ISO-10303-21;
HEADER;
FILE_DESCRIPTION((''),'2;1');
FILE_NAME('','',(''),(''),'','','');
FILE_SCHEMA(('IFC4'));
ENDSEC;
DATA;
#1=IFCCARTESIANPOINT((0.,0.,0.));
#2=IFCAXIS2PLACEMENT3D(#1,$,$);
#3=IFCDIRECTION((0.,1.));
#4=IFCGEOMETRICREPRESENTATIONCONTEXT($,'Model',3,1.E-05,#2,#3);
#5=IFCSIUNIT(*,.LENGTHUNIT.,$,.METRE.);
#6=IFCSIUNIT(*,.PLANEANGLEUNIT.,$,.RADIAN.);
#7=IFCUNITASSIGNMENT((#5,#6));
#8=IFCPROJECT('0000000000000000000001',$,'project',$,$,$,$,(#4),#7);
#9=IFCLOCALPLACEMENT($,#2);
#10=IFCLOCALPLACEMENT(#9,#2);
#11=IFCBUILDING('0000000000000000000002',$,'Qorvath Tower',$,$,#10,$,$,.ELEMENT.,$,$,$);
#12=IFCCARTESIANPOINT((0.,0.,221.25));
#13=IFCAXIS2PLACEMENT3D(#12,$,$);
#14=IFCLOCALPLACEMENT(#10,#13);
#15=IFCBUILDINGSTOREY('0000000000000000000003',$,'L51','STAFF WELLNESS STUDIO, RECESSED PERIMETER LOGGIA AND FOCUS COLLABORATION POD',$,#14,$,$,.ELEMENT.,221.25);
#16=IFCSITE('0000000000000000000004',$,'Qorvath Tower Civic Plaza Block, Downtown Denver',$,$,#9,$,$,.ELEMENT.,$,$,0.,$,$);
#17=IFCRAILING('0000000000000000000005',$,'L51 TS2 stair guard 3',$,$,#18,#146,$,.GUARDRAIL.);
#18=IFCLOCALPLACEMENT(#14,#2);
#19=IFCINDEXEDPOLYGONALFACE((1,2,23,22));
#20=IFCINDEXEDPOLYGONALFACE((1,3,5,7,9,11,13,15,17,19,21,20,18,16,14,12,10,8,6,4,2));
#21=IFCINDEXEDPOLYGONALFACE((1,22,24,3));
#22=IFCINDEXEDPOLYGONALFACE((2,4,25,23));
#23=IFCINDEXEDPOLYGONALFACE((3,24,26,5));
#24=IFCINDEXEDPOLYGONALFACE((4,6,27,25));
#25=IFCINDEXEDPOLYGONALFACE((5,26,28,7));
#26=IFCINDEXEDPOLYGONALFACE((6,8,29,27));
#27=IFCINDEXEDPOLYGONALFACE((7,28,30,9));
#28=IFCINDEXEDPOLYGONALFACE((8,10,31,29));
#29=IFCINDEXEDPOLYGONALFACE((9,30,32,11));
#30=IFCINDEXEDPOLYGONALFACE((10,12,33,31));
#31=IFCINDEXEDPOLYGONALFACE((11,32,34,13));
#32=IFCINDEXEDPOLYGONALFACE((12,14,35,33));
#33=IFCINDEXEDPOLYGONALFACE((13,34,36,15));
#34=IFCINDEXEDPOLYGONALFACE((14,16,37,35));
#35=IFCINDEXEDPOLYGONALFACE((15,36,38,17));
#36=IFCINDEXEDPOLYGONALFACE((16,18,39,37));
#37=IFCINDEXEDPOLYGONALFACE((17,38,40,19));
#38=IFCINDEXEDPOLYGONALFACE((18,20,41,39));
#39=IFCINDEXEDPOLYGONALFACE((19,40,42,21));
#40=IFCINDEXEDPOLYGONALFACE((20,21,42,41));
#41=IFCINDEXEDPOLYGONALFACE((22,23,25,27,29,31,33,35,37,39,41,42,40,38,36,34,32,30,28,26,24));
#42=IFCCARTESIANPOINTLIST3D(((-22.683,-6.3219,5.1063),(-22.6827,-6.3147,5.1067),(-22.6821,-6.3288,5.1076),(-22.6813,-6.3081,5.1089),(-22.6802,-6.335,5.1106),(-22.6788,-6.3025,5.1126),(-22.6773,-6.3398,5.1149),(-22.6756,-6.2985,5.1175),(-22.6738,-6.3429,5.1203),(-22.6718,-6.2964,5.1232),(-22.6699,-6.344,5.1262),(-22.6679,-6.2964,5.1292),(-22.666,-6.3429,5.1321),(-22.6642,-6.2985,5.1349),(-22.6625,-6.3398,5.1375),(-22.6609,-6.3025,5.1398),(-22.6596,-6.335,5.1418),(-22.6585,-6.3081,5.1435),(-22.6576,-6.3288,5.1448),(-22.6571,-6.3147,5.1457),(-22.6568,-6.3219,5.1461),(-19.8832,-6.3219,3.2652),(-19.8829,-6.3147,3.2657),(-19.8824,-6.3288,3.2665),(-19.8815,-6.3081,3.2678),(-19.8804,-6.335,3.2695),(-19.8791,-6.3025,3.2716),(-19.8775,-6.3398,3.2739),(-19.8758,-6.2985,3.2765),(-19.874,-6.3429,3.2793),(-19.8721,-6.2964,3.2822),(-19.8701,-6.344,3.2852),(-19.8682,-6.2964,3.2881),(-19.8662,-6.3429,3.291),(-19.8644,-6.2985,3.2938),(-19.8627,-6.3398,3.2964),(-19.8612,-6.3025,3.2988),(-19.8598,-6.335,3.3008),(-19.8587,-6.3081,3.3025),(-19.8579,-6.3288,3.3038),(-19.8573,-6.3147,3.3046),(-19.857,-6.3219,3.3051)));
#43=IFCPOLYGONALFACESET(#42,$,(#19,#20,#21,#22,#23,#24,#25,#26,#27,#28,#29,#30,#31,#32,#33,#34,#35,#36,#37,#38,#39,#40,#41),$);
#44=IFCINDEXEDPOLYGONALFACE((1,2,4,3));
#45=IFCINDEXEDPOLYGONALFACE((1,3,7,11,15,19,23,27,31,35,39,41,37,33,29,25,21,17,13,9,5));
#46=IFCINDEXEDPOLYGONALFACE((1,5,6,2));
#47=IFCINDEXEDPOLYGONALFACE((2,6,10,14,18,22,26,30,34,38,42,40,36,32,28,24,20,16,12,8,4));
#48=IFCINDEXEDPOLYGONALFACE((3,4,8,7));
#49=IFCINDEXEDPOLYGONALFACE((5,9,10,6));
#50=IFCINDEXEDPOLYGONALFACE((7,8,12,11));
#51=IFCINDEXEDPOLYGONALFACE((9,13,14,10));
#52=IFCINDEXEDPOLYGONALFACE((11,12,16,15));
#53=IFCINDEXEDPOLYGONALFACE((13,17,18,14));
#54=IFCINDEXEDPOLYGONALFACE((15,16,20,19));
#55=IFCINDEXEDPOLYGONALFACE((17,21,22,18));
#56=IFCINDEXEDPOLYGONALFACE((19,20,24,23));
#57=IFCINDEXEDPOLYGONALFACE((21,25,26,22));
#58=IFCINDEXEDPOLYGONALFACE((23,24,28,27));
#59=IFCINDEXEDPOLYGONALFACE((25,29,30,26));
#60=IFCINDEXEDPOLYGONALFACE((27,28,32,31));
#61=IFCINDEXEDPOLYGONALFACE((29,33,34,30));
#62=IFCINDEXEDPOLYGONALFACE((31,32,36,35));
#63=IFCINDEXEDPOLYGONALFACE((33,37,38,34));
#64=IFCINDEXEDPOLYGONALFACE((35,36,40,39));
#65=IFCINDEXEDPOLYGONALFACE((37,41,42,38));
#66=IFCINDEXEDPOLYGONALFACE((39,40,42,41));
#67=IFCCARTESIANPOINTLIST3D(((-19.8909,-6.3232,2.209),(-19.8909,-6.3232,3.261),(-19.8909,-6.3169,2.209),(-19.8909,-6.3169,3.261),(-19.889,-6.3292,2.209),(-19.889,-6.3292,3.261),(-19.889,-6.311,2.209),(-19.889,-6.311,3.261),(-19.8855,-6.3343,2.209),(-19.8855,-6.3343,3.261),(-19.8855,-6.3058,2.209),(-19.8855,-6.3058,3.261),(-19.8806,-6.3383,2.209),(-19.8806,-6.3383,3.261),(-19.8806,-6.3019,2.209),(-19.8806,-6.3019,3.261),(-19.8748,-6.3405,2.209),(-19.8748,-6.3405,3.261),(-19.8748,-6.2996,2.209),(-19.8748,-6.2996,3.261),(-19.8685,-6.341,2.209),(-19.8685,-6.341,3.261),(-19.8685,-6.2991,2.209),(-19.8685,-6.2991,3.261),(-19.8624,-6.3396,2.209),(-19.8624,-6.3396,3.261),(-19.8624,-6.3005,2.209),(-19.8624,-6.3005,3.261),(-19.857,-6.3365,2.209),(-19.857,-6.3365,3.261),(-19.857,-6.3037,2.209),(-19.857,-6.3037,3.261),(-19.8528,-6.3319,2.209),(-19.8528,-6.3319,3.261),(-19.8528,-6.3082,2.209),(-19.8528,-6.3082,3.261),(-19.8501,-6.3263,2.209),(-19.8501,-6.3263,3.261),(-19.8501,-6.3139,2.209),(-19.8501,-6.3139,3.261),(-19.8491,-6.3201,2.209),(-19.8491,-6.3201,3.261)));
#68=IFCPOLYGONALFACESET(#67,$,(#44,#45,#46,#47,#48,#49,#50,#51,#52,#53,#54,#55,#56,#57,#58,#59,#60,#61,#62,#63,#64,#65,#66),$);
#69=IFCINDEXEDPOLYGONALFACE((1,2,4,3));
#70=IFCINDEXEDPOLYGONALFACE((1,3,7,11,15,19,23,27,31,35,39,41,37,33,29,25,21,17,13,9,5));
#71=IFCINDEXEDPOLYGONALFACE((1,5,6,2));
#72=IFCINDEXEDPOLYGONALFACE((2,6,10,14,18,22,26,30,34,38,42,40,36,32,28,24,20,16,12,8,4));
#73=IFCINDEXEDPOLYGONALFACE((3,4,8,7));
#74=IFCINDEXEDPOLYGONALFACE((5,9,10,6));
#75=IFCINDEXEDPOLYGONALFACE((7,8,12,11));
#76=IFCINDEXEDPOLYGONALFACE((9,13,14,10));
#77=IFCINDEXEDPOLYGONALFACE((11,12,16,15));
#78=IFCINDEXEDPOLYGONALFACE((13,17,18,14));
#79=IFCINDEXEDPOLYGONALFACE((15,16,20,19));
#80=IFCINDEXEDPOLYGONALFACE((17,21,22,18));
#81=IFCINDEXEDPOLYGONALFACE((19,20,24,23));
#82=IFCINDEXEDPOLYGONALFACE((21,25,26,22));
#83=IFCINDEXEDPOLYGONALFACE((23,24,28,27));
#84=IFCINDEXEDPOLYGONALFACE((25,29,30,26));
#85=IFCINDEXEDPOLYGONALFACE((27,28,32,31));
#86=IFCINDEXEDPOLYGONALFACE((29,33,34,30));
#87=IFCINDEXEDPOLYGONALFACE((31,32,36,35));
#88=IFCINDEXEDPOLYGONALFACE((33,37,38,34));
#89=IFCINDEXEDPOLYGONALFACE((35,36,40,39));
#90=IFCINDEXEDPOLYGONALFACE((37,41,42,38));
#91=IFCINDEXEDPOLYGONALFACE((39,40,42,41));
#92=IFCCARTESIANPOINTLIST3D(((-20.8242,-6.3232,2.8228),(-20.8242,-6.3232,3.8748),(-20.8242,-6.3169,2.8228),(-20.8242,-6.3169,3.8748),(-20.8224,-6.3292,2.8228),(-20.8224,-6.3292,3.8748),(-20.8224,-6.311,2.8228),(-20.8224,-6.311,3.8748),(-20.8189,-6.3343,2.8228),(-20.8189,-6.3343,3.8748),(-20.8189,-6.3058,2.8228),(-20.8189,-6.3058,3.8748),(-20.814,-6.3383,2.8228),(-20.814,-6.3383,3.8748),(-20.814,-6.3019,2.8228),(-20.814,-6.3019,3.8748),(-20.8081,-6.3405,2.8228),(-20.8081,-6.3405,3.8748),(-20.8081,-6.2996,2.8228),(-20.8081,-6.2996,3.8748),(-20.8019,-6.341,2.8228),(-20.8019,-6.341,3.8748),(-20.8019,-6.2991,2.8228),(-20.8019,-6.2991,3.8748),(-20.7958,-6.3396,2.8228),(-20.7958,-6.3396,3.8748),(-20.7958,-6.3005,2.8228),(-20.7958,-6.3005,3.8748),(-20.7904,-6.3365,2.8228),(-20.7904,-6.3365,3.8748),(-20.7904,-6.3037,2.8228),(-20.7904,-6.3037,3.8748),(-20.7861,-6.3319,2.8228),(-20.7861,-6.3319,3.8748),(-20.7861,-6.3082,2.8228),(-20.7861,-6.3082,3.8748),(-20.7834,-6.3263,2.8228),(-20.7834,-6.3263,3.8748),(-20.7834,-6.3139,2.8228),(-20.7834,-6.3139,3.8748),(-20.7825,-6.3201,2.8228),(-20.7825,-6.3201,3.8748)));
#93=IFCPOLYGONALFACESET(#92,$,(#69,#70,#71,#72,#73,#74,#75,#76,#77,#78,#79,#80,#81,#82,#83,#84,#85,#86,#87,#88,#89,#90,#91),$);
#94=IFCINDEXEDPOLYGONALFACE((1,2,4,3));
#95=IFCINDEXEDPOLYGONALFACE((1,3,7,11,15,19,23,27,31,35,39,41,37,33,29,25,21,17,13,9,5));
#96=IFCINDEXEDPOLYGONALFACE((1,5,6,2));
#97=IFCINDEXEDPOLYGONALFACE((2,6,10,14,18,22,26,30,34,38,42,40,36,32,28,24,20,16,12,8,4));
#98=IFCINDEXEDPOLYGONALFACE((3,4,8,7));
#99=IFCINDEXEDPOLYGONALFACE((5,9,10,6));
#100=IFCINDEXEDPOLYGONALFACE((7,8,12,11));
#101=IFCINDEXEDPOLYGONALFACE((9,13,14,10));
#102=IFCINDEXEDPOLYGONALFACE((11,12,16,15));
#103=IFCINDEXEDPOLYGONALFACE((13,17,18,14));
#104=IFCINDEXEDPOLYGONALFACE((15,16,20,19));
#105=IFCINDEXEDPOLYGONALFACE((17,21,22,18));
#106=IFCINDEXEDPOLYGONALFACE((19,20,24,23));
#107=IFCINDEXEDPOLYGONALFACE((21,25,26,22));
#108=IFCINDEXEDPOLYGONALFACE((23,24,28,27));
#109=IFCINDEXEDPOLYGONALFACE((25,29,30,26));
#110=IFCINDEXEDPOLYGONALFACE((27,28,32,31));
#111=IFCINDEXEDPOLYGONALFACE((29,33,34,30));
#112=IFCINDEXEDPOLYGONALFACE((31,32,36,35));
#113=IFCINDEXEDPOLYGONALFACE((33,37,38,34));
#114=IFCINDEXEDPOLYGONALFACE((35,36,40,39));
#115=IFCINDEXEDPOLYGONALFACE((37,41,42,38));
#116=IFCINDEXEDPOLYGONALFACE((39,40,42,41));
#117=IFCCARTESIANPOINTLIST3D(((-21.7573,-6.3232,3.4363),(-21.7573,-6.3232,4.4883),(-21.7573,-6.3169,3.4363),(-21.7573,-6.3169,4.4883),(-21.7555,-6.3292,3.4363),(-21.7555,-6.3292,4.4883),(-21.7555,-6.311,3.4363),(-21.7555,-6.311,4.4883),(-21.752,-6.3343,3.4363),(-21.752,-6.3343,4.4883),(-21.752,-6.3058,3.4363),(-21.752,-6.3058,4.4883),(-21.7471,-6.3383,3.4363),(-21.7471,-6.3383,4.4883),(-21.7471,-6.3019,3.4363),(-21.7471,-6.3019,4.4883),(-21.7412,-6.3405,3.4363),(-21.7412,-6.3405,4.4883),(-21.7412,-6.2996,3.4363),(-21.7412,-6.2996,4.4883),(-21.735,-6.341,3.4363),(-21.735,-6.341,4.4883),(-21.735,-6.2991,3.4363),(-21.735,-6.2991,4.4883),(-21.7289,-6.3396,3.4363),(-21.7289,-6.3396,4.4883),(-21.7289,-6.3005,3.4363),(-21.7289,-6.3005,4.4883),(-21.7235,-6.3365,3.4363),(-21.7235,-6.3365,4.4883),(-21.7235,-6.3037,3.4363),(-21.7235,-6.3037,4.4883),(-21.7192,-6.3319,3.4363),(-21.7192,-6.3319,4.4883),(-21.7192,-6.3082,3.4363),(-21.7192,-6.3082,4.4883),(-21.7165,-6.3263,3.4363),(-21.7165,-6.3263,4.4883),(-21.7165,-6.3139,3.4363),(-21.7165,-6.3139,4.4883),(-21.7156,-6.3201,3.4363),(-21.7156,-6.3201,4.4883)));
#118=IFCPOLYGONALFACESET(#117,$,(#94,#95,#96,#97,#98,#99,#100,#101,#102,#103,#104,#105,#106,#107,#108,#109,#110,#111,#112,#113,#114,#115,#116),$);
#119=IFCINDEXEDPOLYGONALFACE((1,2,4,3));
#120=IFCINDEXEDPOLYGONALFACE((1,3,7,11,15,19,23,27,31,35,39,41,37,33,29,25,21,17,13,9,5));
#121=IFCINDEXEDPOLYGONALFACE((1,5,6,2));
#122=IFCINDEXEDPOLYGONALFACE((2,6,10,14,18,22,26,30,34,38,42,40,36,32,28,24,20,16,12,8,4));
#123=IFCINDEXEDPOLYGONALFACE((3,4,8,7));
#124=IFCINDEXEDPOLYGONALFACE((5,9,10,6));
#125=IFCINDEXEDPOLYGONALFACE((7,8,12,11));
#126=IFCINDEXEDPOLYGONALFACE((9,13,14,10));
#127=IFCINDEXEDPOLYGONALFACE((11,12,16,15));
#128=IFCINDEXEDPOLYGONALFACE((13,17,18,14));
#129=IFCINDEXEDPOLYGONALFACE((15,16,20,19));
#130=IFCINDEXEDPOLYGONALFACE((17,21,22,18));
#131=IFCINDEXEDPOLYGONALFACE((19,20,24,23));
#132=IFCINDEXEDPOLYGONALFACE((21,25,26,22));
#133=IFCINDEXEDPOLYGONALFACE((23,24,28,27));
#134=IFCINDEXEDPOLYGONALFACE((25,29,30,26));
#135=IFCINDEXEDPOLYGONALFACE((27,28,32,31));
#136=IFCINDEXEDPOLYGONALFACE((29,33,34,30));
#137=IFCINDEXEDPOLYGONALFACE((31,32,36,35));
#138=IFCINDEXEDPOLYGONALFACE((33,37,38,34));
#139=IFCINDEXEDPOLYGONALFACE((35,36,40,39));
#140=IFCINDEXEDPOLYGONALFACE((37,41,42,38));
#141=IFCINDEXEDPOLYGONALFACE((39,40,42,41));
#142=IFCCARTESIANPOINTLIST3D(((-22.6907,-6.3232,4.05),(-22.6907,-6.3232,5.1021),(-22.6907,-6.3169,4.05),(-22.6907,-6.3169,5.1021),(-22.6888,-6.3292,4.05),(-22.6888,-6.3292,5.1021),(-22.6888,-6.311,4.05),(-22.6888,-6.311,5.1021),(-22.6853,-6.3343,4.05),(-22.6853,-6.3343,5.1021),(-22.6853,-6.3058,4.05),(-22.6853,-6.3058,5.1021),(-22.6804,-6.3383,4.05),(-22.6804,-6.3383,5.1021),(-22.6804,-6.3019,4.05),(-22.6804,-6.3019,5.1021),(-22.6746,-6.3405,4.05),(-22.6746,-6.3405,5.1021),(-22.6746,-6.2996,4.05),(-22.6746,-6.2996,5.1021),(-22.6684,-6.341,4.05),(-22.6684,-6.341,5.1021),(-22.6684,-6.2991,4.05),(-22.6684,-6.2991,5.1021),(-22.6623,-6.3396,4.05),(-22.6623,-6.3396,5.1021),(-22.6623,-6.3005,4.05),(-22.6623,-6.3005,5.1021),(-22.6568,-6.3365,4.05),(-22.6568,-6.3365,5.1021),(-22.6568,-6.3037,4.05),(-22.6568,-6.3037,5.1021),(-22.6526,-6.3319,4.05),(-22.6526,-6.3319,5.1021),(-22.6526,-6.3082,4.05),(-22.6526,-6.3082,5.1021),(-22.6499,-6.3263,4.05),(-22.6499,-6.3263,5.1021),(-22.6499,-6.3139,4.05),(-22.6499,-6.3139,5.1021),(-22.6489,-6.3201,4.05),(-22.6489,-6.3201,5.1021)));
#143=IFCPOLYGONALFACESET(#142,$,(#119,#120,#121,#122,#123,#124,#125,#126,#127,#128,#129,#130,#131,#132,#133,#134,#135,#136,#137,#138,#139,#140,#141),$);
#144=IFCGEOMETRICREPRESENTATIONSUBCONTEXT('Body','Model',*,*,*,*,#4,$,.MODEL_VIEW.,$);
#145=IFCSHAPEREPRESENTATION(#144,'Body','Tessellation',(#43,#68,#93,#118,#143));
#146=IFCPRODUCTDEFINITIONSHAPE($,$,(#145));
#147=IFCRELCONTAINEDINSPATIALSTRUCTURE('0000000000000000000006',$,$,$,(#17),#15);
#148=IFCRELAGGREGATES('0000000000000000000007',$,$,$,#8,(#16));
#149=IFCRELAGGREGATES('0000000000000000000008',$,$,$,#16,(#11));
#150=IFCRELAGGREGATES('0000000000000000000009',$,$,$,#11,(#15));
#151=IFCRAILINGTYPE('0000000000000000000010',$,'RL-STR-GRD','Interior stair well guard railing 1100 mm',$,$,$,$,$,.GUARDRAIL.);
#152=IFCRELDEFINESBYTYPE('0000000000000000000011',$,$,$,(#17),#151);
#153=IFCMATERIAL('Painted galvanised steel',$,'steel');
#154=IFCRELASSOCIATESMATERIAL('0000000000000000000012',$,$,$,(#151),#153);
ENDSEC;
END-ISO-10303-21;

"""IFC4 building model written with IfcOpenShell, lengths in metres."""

from ifc_helpers import new_model, si_unit, direction, frame, origin, origin_2d, place, context, subcontext, project, spatial, circle, extrude, material, type_object, element, save


model = new_model("IFC4")

# Units and contexts
model_context = context("Model", 3, precision=1e-05, world=origin(), true_north=direction((0.0, 1.0)))
body_context = subcontext(model_context, "Body", "Model", "MODEL_VIEW")
ifc_project = project(units=[si_unit("LENGTHUNIT", "METRE"), si_unit("PLANEANGLEUNIT", "RADIAN")], contexts=[model_context])

# Site, building, storey
site_placement = place(None, origin())
site = spatial("IfcSite", under=ifc_project, at=site_placement, Name="Qorvath Tower Civic Plaza Block, Downtown Denver", CompositionType="ELEMENT", RefElevation=0.0)
building_placement = place(site_placement, origin())
building = spatial("IfcBuilding", under=site, at=building_placement, Name="Qorvath Tower", CompositionType="ELEMENT")
storey_placement = place(building_placement, frame((0.0, 0.0, 221.25)))
storey = spatial("IfcBuildingStorey", under=building, at=storey_placement, Name="L51", Description="STAFF WELLNESS STUDIO, RECESSED PERIMETER LOGGIA AND FOCUS COLLABORATION POD", CompositionType="ELEMENT", Elevation=221.25)

# Railing
ifc_material_1 = material(Name="Painted galvanised steel", Category="steel")
railing_type_1 = type_object("IfcRailingType", Name="RL-STR-GRD", Description="Interior stair well guard railing 1100 mm", PredefinedType="GUARDRAIL", material=ifc_material_1)
railing_1_placement = place(storey_placement, frame((-19.8701, -6.3201, 2.209)))
element("IfcRailing", 1, at=railing_1_placement, inside=storey, type_object=railing_type_1, Name="L51 TS2 stair guard 3", PredefinedType="GUARDRAIL", context=body_context, shape_type="SweptSolid", body=[
    extrude(circle(Radius=0.0239, at=origin_2d()), frame((0.0, 0.0, 1.0762), z_axis=(-0.835542, 0.0, 0.549426), x_axis=(0.0, -1.0, 0.0)), (0.0, 0.0, 1.0), 3.3508),
    extrude(circle(Radius=0.021, at=origin_2d()), origin(), (0.0, 0.0, 1.0), 1.052),
    extrude(circle(Radius=0.021, at=origin_2d()), frame((-0.9333, 0.0, 0.6138)), (0.0, 0.0, 1.0), 1.052),
    extrude(circle(Radius=0.021, at=origin_2d()), frame((-1.8665, 0.0, 1.2273)), (0.0, 0.0, 1.0), 1.052),
    extrude(circle(Radius=0.021, at=origin_2d()), frame((-2.7998, 0.0, 1.8411)), (0.0, 0.0, 1.0), 1.052),
])

save(model, "model.ifc")
